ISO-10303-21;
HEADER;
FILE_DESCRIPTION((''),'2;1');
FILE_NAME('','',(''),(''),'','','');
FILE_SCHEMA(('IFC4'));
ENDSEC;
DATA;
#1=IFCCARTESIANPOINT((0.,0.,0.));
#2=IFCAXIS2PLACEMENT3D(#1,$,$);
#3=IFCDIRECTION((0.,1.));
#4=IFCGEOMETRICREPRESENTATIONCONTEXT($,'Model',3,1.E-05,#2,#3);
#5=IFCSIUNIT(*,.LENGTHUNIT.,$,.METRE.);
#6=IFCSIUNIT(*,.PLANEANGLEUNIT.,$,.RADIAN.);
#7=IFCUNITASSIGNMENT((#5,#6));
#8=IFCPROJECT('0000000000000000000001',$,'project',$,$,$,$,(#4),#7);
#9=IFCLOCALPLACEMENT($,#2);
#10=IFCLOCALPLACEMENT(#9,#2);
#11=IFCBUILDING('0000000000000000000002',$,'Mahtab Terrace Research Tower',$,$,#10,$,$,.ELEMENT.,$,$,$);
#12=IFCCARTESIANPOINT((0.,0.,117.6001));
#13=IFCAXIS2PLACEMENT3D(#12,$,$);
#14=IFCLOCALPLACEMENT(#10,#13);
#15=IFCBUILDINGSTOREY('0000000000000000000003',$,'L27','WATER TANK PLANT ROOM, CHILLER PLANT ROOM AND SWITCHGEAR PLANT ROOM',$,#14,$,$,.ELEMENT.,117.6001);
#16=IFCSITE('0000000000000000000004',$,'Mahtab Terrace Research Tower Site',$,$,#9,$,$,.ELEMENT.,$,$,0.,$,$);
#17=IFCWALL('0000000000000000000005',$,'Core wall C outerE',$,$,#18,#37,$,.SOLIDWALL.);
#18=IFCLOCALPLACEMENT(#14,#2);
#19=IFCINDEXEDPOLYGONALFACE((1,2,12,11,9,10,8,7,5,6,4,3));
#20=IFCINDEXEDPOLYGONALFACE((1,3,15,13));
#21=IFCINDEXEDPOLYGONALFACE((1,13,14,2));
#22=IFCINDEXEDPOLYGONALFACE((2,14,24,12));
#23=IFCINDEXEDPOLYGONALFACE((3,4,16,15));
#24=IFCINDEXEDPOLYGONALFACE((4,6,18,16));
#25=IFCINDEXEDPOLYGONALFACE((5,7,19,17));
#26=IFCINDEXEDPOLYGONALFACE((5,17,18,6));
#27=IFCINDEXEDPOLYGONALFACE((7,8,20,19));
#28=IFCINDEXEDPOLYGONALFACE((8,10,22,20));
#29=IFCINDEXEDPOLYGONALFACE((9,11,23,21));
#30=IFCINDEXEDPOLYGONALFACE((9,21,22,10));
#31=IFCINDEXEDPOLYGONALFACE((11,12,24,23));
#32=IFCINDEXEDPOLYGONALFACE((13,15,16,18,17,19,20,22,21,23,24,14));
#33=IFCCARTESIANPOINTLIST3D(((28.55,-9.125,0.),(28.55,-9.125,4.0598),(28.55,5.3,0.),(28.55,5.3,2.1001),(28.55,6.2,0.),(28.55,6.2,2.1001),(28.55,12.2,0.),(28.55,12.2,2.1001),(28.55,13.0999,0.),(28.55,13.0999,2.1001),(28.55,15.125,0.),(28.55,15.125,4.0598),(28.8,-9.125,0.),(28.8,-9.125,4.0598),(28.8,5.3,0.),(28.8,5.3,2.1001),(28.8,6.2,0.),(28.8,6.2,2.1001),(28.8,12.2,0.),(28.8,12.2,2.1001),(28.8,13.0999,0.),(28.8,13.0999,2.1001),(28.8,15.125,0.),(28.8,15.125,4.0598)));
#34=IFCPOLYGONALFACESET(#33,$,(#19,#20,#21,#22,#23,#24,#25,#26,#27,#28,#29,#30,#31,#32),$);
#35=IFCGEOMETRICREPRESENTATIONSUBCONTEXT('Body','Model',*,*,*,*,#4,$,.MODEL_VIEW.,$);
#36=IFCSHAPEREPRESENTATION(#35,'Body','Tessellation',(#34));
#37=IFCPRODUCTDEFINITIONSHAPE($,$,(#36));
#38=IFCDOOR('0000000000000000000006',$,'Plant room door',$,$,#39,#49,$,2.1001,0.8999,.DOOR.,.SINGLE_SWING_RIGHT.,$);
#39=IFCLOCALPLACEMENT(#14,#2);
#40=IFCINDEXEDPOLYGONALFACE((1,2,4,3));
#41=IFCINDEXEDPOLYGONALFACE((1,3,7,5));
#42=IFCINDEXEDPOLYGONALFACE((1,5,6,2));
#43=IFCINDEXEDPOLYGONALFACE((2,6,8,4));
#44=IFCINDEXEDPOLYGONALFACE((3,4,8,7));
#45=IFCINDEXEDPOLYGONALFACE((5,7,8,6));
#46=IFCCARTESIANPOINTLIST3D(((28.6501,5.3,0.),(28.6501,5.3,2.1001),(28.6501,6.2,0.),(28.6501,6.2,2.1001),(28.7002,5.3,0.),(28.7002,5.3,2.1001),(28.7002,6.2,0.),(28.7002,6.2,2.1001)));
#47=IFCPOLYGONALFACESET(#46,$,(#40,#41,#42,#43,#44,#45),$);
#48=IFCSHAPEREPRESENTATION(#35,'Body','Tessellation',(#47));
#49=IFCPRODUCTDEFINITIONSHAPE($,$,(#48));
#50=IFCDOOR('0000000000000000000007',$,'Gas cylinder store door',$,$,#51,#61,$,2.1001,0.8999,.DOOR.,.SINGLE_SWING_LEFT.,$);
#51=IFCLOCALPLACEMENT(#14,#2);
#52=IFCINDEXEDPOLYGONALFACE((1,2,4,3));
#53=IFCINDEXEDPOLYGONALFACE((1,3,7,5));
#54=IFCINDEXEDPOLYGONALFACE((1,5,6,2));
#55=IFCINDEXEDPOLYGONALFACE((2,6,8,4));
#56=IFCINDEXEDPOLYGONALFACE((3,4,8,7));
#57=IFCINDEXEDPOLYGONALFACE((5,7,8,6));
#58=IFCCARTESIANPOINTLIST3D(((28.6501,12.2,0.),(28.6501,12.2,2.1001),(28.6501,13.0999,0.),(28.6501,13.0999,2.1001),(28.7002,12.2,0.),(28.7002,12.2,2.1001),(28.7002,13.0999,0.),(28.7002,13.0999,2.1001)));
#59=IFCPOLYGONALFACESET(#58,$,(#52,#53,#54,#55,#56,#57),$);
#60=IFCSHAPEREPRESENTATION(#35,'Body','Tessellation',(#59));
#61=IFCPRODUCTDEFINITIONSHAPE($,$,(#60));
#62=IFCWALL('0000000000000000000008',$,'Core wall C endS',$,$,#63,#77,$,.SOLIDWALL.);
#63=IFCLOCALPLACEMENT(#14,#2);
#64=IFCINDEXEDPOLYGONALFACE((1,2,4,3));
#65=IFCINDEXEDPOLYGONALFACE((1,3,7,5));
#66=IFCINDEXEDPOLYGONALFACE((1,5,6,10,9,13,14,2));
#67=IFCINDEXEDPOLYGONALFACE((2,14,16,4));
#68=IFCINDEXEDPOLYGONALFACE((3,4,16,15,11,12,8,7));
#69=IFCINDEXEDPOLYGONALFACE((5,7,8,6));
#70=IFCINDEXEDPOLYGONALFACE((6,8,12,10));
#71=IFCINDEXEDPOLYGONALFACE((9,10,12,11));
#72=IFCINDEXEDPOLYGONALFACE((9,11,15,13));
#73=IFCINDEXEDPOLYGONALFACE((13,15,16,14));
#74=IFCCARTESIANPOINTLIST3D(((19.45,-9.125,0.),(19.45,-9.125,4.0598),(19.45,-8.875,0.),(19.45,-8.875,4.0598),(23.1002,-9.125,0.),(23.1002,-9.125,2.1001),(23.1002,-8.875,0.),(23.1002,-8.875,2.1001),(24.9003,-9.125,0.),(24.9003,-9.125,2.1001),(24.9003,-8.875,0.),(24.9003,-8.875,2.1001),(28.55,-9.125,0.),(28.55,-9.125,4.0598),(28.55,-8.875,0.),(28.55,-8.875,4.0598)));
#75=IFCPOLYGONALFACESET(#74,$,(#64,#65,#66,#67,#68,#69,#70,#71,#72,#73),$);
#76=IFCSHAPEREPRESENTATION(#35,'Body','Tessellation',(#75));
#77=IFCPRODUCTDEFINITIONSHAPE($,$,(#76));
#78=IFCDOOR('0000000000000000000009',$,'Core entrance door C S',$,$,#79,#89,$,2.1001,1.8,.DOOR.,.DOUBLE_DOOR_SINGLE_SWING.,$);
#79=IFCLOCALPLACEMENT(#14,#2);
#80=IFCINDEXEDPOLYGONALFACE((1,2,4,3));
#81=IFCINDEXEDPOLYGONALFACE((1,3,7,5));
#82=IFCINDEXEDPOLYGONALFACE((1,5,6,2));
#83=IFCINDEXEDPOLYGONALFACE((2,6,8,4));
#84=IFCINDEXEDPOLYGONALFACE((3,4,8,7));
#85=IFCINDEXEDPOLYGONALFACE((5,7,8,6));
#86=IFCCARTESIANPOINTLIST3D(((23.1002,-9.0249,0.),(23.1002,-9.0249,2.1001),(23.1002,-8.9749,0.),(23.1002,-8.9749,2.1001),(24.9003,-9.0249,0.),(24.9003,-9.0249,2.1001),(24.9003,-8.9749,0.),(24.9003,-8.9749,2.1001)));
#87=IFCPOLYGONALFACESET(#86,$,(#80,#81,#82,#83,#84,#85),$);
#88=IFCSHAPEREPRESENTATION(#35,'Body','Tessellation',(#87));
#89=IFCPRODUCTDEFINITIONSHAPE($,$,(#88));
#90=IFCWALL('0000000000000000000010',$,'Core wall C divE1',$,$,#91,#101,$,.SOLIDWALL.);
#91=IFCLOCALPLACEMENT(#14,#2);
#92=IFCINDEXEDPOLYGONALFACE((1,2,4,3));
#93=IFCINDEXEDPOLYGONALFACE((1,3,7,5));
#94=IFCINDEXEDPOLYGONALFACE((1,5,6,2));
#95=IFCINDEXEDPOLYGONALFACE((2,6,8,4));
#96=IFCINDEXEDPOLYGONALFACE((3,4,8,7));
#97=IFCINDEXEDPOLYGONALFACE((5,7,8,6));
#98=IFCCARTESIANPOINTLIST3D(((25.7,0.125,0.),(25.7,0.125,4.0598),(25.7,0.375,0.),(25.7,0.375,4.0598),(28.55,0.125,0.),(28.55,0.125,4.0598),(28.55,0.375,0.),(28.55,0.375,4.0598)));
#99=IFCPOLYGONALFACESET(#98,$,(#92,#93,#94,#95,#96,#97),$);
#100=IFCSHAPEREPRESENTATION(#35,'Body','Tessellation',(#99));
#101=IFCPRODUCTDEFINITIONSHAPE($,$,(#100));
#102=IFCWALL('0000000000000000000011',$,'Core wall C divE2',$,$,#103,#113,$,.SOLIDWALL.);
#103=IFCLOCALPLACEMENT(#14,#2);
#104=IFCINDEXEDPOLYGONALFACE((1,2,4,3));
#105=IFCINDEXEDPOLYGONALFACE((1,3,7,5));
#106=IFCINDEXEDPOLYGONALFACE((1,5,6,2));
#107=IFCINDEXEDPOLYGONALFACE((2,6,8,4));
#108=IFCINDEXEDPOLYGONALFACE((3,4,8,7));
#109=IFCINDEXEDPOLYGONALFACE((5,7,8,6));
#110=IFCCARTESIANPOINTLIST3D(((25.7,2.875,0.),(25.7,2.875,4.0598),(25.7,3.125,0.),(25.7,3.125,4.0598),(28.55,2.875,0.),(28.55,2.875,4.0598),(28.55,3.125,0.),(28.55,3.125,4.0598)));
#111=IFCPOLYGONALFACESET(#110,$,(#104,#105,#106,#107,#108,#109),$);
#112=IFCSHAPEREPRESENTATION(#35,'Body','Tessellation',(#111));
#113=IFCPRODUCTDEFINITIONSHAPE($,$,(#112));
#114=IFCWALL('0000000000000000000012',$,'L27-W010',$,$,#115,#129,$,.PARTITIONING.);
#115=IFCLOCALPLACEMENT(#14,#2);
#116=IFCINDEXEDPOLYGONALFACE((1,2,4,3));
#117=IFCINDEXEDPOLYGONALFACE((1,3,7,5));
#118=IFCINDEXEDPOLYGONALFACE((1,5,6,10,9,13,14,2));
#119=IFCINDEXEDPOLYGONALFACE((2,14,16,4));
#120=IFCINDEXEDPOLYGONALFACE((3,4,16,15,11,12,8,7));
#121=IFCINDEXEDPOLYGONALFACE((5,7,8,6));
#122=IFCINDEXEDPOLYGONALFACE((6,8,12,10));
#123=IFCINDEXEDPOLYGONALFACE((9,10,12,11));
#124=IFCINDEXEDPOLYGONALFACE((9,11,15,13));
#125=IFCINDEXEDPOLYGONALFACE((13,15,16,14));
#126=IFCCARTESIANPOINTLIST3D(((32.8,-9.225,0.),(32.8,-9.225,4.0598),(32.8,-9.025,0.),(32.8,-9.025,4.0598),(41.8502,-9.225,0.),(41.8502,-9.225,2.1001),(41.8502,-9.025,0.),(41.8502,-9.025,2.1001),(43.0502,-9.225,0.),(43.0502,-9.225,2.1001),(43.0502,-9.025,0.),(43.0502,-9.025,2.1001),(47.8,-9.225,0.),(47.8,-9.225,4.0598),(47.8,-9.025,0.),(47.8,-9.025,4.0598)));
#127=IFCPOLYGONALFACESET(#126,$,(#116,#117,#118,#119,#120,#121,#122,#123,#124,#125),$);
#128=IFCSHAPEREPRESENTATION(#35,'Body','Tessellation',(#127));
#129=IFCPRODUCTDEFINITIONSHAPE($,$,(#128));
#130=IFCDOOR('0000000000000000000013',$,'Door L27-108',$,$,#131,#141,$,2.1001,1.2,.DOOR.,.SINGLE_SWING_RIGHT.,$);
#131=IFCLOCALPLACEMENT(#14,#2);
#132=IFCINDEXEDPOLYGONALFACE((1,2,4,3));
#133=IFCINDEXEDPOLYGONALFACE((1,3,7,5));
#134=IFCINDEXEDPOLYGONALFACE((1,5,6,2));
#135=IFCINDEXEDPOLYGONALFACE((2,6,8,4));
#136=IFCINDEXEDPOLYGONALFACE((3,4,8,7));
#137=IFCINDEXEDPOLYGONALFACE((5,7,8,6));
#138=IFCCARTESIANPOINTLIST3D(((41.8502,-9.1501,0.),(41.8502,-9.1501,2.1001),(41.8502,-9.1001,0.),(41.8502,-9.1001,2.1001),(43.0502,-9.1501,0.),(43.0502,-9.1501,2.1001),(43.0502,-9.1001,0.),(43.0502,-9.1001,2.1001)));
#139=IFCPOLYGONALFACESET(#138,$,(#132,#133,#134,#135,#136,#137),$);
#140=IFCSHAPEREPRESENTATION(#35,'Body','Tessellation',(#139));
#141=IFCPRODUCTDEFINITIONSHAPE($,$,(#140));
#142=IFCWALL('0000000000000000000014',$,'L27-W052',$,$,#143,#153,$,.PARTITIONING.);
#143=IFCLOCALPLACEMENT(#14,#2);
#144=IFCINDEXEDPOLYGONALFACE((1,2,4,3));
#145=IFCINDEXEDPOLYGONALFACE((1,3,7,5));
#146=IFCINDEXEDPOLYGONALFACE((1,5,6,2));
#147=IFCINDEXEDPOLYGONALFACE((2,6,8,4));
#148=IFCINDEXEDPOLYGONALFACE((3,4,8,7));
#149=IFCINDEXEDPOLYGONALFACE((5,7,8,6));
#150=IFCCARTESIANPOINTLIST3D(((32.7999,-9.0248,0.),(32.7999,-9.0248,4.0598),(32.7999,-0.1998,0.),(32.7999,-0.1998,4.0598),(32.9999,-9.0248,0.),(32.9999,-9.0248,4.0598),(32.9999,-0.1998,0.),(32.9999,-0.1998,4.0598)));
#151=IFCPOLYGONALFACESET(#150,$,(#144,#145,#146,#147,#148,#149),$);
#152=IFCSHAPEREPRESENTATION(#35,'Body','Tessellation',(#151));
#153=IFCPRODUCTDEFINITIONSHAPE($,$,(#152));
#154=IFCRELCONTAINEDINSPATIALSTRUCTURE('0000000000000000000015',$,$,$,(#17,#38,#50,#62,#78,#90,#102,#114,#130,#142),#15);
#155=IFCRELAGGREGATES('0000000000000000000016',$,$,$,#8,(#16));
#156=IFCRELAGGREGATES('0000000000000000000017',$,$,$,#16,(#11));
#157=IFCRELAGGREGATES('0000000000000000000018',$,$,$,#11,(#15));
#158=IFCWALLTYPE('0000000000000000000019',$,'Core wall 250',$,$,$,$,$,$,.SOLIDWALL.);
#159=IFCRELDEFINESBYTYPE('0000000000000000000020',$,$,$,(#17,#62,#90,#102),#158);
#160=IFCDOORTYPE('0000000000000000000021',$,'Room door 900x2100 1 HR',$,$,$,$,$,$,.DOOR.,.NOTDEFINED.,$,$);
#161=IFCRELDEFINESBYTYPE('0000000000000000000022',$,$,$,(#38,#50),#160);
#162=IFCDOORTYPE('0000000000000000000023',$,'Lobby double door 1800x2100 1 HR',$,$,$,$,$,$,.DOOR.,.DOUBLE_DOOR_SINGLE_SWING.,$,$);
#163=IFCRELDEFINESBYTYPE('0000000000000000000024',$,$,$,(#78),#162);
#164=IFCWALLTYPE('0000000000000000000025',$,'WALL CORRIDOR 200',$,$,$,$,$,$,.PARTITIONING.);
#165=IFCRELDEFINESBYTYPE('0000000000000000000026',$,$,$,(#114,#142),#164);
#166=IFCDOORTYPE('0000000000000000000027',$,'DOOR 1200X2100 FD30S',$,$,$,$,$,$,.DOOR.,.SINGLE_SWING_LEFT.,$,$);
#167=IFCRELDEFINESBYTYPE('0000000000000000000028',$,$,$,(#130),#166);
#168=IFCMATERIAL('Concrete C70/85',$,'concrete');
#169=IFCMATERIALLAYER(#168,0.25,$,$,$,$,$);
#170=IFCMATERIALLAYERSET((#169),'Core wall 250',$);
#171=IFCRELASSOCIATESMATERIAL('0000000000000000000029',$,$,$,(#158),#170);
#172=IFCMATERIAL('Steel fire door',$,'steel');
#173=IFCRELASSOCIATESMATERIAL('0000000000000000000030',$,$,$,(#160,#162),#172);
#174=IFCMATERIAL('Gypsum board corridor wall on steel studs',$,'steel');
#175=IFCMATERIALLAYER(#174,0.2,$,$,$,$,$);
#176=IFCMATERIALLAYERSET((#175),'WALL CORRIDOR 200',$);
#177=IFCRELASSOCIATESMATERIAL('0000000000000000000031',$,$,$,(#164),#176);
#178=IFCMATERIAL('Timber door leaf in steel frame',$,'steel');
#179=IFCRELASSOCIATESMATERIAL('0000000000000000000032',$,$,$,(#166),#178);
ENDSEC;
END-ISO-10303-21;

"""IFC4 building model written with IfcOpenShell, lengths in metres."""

from ifc_helpers import new_model, si_unit, direction, frame, frame_2d, origin, place, context, subcontext, project, spatial, rectangle, extrude, material, layer, layer_set, type_object, element, fill, save


model = new_model("IFC4")

# Units and contexts
model_context = context("Model", 3, precision=1e-05, world=origin(), true_north=direction((0.0, 1.0)))
body_context = subcontext(model_context, "Body", "Model", "MODEL_VIEW")
ifc_project = project(units=[si_unit("LENGTHUNIT", "METRE"), si_unit("PLANEANGLEUNIT", "RADIAN")], contexts=[model_context])

# Site, building, storey
site_placement = place(None, origin())
site = spatial("IfcSite", under=ifc_project, at=site_placement, Name="Mahtab Terrace Research Tower Site", CompositionType="ELEMENT", RefElevation=0.0)
building_placement = place(site_placement, origin())
building = spatial("IfcBuilding", under=site, at=building_placement, Name="Mahtab Terrace Research Tower", CompositionType="ELEMENT")
storey_placement = place(building_placement, frame((0.0, 0.0, 117.6001)))
storey = spatial("IfcBuildingStorey", under=building, at=storey_placement, Name="L27", Description="WATER TANK PLANT ROOM, CHILLER PLANT ROOM AND SWITCHGEAR PLANT ROOM", CompositionType="ELEMENT", Elevation=117.6001)

# Shared definitions
ifc_material_1 = material(Name="Concrete C70/85", Category="concrete")

# Wall, openings, doors
ifc_layer_1 = layer(ifc_material_1, 0.25)
ifc_layer_set_1 = layer_set([ifc_layer_1], Name="Core wall 250")
wall_type_1 = type_object("IfcWallType", Name="Core wall 250", PredefinedType="SOLIDWALL", material=ifc_layer_set_1)
wall_1_placement = place(storey_placement, frame((28.675, -9.125, 0.0), z_axis=(0.0, 0.0, 1.0), x_axis=(0.0, 1.0, 0.0)))
wall_1 = element("IfcWall", 1, at=wall_1_placement, inside=storey, type_object=wall_type_1, Name="Core wall C outerE", PredefinedType="SOLIDWALL", context=body_context, shape_type="SweptSolid", body=[
    extrude(rectangle(XDim=24.25, YDim=0.25, at=frame_2d((12.125, 0.0))), origin(), (0.0, 0.0, 1.0), 4.0598),
])
opening_1_placement = place(wall_1_placement, frame((14.425, 0.0, 0.0)))
opening_1 = element("IfcOpeningElement", 2, at=opening_1_placement, cuts=wall_1, PredefinedType="OPENING", context=body_context, shape_type="SweptSolid", body=[
    extrude(rectangle(XDim=0.8999, YDim=2.1001, at=frame_2d((0.45, 1.05))), frame((0.0, 0.135, 0.0), z_axis=(0.0, -1.0, 0.0), x_axis=(1.0, 0.0, 0.0)), (0.0, 0.0, 1.0), 0.27),
])
opening_2_placement = place(wall_1_placement, frame((21.325, 0.0, 0.0)))
opening_2 = element("IfcOpeningElement", 3, at=opening_2_placement, cuts=wall_1, PredefinedType="OPENING", context=body_context, shape_type="SweptSolid", body=[
    extrude(rectangle(XDim=0.8999, YDim=2.1001, at=frame_2d((0.45, 1.05))), frame((0.0, 0.135, 0.0), z_axis=(0.0, -1.0, 0.0), x_axis=(1.0, 0.0, 0.0)), (0.0, 0.0, 1.0), 0.27),
])
ifc_material_2 = material(Name="Steel fire door", Category="steel")
door_type_1 = type_object("IfcDoorType", Name="Room door 900x2100 1 HR", OperationType="NOTDEFINED", PredefinedType="DOOR", material=ifc_material_2)
door_1_placement = place(opening_1_placement, origin())
door_1 = element("IfcDoor", 4, at=door_1_placement, inside=storey, type_object=door_type_1, Name="Plant room door", OperationType="SINGLE_SWING_RIGHT", OverallHeight=2.1001, OverallWidth=0.8999, PredefinedType="DOOR", context=body_context, shape_type="SweptSolid", body=[
    extrude(rectangle(XDim=0.8999, YDim=2.1001, at=frame_2d((0.45, 1.05))), frame((0.0, 0.0249, 0.0), z_axis=(0.0, -1.0, 0.0), x_axis=(1.0, 0.0, 0.0)), (0.0, 0.0, 1.0), 0.05),
])
fill(opening_1, door_1)
door_2_placement = place(opening_2_placement, origin())
door_2 = element("IfcDoor", 5, at=door_2_placement, inside=storey, type_object=door_type_1, Name="Gas cylinder store door", OperationType="SINGLE_SWING_LEFT", OverallHeight=2.1001, OverallWidth=0.8999, PredefinedType="DOOR", context=body_context, shape_type="SweptSolid", body=[
    extrude(rectangle(XDim=0.8999, YDim=2.1001, at=frame_2d((0.45, 1.05))), frame((0.0, 0.0249, 0.0), z_axis=(0.0, -1.0, 0.0), x_axis=(1.0, 0.0, 0.0)), (0.0, 0.0, 1.0), 0.05),
])
fill(opening_2, door_2)

# Wall, opening, door
wall_2_placement = place(storey_placement, frame((28.55, -9.0, 0.0), z_axis=(0.0, 0.0, 1.0), x_axis=(-1.0, 0.0, 0.0)))
wall_2 = element("IfcWall", 6, at=wall_2_placement, inside=storey, type_object=wall_type_1, Name="Core wall C endS", PredefinedType="SOLIDWALL", context=body_context, shape_type="SweptSolid", body=[
    extrude(rectangle(XDim=9.1001, YDim=0.25, at=frame_2d((4.55, 0.0))), origin(), (0.0, 0.0, 1.0), 4.0598),
])
opening_3_placement = place(wall_2_placement, frame((3.6499, 0.0, 0.0)))
opening_3 = element("IfcOpeningElement", 7, at=opening_3_placement, cuts=wall_2, PredefinedType="OPENING", context=body_context, shape_type="SweptSolid", body=[
    extrude(rectangle(XDim=1.8, YDim=2.1001, at=frame_2d((0.8999, 1.05))), frame((0.0, 0.135, 0.0), z_axis=(0.0, -1.0, 0.0), x_axis=(1.0, 0.0, 0.0)), (0.0, 0.0, 1.0), 0.27),
])
door_type_2 = type_object("IfcDoorType", Name="Lobby double door 1800x2100 1 HR", OperationType="DOUBLE_DOOR_SINGLE_SWING", PredefinedType="DOOR", material=ifc_material_2)
door_3_placement = place(opening_3_placement, origin())
door_3 = element("IfcDoor", 8, at=door_3_placement, inside=storey, type_object=door_type_2, Name="Core entrance door C S", OperationType="DOUBLE_DOOR_SINGLE_SWING", OverallHeight=2.1001, OverallWidth=1.8, PredefinedType="DOOR", context=body_context, shape_type="SweptSolid", body=[
    extrude(rectangle(XDim=1.8, YDim=2.1001, at=frame_2d((0.8999, 1.05))), frame((0.0, 0.0249, 0.0), z_axis=(0.0, -1.0, 0.0), x_axis=(1.0, 0.0, 0.0)), (0.0, 0.0, 1.0), 0.05),
])
fill(opening_3, door_3)

# Walls
for number, where, z_axis, x_axis, name in (
    (9, (25.7, 0.25, 0.0), (0.0, 0.0, 1.0), (1.0, 0.0, 0.0), "Core wall C divE1"),
    (10, (25.7, 3.0, 0.0), (0.0, 0.0, 1.0), (1.0, 0.0, 0.0), "Core wall C divE2"),
):
    element("IfcWall", number, at=place(storey_placement, frame(where, z_axis=z_axis, x_axis=x_axis)), inside=storey, type_object=wall_type_1, Name=name, PredefinedType="SOLIDWALL", context=body_context, shape_type="SweptSolid", body=[
        extrude(rectangle(XDim=2.8501, YDim=0.25, at=frame_2d((1.425, 0.0))), origin(), (0.0, 0.0, 1.0), 4.0598),
    ])

# Wall, opening, door
ifc_material_3 = material(Name="Gypsum board corridor wall on steel studs", Category="steel")
ifc_layer_2 = layer(ifc_material_3, 0.2)
ifc_layer_set_2 = layer_set([ifc_layer_2], Name="WALL CORRIDOR 200")
wall_type_2 = type_object("IfcWallType", Name="WALL CORRIDOR 200", PredefinedType="PARTITIONING", material=ifc_layer_set_2)
wall_3_placement = place(storey_placement, frame((32.8, -9.125, 0.0), z_axis=(0.0, 0.0, 1.0), x_axis=(1.0, 0.0, 0.0)))
wall_3 = element("IfcWall", 11, at=wall_3_placement, inside=storey, type_object=wall_type_2, Name="L27-W010", PredefinedType="PARTITIONING", context=body_context, shape_type="SweptSolid", body=[
    extrude(rectangle(XDim=15.0, YDim=0.2, at=frame_2d((7.5, 0.0))), origin(), (0.0, 0.0, 1.0), 4.0598),
])
opening_4_placement = place(wall_3_placement, frame((9.05, 0.0, 0.0)))
opening_4 = element("IfcOpeningElement", 12, at=opening_4_placement, cuts=wall_3, PredefinedType="OPENING", context=body_context, shape_type="SweptSolid", body=[
    extrude(rectangle(XDim=1.2, YDim=2.1001, at=frame_2d((0.6001, 1.05))), frame((0.0, 0.1099, 0.0), z_axis=(0.0, -1.0, 0.0), x_axis=(1.0, 0.0, 0.0)), (0.0, 0.0, 1.0), 0.22),
])
ifc_material_4 = material(Name="Timber door leaf in steel frame", Category="steel")
door_type_3 = type_object("IfcDoorType", Name="DOOR 1200X2100 FD30S", OperationType="SINGLE_SWING_LEFT", PredefinedType="DOOR", material=ifc_material_4)
door_4_placement = place(opening_4_placement, origin())
door_4 = element("IfcDoor", 13, at=door_4_placement, inside=storey, type_object=door_type_3, Name="Door L27-108", OperationType="SINGLE_SWING_RIGHT", OverallHeight=2.1001, OverallWidth=1.2, PredefinedType="DOOR", context=body_context, shape_type="SweptSolid", body=[
    extrude(rectangle(XDim=1.2, YDim=2.1001, at=frame_2d((0.6001, 1.05))), frame((0.0, 0.0249, 0.0), z_axis=(0.0, -1.0, 0.0), x_axis=(1.0, 0.0, 0.0)), (0.0, 0.0, 1.0), 0.05),
])
fill(opening_4, door_4)

# Wall
wall_4_placement = place(storey_placement, frame((32.8999, -9.0249, 0.0), z_axis=(0.0, 0.0, 1.0), x_axis=(0.0, 1.0, 0.0)))
element("IfcWall", 14, at=wall_4_placement, inside=storey, type_object=wall_type_2, Name="L27-W052", PredefinedType="PARTITIONING", context=body_context, shape_type="SweptSolid", body=[
    extrude(rectangle(XDim=8.825, YDim=0.2, at=frame_2d((4.4126, 0.0))), origin(), (0.0, 0.0, 1.0), 4.0598),
])

save(model, "model.ifc")
